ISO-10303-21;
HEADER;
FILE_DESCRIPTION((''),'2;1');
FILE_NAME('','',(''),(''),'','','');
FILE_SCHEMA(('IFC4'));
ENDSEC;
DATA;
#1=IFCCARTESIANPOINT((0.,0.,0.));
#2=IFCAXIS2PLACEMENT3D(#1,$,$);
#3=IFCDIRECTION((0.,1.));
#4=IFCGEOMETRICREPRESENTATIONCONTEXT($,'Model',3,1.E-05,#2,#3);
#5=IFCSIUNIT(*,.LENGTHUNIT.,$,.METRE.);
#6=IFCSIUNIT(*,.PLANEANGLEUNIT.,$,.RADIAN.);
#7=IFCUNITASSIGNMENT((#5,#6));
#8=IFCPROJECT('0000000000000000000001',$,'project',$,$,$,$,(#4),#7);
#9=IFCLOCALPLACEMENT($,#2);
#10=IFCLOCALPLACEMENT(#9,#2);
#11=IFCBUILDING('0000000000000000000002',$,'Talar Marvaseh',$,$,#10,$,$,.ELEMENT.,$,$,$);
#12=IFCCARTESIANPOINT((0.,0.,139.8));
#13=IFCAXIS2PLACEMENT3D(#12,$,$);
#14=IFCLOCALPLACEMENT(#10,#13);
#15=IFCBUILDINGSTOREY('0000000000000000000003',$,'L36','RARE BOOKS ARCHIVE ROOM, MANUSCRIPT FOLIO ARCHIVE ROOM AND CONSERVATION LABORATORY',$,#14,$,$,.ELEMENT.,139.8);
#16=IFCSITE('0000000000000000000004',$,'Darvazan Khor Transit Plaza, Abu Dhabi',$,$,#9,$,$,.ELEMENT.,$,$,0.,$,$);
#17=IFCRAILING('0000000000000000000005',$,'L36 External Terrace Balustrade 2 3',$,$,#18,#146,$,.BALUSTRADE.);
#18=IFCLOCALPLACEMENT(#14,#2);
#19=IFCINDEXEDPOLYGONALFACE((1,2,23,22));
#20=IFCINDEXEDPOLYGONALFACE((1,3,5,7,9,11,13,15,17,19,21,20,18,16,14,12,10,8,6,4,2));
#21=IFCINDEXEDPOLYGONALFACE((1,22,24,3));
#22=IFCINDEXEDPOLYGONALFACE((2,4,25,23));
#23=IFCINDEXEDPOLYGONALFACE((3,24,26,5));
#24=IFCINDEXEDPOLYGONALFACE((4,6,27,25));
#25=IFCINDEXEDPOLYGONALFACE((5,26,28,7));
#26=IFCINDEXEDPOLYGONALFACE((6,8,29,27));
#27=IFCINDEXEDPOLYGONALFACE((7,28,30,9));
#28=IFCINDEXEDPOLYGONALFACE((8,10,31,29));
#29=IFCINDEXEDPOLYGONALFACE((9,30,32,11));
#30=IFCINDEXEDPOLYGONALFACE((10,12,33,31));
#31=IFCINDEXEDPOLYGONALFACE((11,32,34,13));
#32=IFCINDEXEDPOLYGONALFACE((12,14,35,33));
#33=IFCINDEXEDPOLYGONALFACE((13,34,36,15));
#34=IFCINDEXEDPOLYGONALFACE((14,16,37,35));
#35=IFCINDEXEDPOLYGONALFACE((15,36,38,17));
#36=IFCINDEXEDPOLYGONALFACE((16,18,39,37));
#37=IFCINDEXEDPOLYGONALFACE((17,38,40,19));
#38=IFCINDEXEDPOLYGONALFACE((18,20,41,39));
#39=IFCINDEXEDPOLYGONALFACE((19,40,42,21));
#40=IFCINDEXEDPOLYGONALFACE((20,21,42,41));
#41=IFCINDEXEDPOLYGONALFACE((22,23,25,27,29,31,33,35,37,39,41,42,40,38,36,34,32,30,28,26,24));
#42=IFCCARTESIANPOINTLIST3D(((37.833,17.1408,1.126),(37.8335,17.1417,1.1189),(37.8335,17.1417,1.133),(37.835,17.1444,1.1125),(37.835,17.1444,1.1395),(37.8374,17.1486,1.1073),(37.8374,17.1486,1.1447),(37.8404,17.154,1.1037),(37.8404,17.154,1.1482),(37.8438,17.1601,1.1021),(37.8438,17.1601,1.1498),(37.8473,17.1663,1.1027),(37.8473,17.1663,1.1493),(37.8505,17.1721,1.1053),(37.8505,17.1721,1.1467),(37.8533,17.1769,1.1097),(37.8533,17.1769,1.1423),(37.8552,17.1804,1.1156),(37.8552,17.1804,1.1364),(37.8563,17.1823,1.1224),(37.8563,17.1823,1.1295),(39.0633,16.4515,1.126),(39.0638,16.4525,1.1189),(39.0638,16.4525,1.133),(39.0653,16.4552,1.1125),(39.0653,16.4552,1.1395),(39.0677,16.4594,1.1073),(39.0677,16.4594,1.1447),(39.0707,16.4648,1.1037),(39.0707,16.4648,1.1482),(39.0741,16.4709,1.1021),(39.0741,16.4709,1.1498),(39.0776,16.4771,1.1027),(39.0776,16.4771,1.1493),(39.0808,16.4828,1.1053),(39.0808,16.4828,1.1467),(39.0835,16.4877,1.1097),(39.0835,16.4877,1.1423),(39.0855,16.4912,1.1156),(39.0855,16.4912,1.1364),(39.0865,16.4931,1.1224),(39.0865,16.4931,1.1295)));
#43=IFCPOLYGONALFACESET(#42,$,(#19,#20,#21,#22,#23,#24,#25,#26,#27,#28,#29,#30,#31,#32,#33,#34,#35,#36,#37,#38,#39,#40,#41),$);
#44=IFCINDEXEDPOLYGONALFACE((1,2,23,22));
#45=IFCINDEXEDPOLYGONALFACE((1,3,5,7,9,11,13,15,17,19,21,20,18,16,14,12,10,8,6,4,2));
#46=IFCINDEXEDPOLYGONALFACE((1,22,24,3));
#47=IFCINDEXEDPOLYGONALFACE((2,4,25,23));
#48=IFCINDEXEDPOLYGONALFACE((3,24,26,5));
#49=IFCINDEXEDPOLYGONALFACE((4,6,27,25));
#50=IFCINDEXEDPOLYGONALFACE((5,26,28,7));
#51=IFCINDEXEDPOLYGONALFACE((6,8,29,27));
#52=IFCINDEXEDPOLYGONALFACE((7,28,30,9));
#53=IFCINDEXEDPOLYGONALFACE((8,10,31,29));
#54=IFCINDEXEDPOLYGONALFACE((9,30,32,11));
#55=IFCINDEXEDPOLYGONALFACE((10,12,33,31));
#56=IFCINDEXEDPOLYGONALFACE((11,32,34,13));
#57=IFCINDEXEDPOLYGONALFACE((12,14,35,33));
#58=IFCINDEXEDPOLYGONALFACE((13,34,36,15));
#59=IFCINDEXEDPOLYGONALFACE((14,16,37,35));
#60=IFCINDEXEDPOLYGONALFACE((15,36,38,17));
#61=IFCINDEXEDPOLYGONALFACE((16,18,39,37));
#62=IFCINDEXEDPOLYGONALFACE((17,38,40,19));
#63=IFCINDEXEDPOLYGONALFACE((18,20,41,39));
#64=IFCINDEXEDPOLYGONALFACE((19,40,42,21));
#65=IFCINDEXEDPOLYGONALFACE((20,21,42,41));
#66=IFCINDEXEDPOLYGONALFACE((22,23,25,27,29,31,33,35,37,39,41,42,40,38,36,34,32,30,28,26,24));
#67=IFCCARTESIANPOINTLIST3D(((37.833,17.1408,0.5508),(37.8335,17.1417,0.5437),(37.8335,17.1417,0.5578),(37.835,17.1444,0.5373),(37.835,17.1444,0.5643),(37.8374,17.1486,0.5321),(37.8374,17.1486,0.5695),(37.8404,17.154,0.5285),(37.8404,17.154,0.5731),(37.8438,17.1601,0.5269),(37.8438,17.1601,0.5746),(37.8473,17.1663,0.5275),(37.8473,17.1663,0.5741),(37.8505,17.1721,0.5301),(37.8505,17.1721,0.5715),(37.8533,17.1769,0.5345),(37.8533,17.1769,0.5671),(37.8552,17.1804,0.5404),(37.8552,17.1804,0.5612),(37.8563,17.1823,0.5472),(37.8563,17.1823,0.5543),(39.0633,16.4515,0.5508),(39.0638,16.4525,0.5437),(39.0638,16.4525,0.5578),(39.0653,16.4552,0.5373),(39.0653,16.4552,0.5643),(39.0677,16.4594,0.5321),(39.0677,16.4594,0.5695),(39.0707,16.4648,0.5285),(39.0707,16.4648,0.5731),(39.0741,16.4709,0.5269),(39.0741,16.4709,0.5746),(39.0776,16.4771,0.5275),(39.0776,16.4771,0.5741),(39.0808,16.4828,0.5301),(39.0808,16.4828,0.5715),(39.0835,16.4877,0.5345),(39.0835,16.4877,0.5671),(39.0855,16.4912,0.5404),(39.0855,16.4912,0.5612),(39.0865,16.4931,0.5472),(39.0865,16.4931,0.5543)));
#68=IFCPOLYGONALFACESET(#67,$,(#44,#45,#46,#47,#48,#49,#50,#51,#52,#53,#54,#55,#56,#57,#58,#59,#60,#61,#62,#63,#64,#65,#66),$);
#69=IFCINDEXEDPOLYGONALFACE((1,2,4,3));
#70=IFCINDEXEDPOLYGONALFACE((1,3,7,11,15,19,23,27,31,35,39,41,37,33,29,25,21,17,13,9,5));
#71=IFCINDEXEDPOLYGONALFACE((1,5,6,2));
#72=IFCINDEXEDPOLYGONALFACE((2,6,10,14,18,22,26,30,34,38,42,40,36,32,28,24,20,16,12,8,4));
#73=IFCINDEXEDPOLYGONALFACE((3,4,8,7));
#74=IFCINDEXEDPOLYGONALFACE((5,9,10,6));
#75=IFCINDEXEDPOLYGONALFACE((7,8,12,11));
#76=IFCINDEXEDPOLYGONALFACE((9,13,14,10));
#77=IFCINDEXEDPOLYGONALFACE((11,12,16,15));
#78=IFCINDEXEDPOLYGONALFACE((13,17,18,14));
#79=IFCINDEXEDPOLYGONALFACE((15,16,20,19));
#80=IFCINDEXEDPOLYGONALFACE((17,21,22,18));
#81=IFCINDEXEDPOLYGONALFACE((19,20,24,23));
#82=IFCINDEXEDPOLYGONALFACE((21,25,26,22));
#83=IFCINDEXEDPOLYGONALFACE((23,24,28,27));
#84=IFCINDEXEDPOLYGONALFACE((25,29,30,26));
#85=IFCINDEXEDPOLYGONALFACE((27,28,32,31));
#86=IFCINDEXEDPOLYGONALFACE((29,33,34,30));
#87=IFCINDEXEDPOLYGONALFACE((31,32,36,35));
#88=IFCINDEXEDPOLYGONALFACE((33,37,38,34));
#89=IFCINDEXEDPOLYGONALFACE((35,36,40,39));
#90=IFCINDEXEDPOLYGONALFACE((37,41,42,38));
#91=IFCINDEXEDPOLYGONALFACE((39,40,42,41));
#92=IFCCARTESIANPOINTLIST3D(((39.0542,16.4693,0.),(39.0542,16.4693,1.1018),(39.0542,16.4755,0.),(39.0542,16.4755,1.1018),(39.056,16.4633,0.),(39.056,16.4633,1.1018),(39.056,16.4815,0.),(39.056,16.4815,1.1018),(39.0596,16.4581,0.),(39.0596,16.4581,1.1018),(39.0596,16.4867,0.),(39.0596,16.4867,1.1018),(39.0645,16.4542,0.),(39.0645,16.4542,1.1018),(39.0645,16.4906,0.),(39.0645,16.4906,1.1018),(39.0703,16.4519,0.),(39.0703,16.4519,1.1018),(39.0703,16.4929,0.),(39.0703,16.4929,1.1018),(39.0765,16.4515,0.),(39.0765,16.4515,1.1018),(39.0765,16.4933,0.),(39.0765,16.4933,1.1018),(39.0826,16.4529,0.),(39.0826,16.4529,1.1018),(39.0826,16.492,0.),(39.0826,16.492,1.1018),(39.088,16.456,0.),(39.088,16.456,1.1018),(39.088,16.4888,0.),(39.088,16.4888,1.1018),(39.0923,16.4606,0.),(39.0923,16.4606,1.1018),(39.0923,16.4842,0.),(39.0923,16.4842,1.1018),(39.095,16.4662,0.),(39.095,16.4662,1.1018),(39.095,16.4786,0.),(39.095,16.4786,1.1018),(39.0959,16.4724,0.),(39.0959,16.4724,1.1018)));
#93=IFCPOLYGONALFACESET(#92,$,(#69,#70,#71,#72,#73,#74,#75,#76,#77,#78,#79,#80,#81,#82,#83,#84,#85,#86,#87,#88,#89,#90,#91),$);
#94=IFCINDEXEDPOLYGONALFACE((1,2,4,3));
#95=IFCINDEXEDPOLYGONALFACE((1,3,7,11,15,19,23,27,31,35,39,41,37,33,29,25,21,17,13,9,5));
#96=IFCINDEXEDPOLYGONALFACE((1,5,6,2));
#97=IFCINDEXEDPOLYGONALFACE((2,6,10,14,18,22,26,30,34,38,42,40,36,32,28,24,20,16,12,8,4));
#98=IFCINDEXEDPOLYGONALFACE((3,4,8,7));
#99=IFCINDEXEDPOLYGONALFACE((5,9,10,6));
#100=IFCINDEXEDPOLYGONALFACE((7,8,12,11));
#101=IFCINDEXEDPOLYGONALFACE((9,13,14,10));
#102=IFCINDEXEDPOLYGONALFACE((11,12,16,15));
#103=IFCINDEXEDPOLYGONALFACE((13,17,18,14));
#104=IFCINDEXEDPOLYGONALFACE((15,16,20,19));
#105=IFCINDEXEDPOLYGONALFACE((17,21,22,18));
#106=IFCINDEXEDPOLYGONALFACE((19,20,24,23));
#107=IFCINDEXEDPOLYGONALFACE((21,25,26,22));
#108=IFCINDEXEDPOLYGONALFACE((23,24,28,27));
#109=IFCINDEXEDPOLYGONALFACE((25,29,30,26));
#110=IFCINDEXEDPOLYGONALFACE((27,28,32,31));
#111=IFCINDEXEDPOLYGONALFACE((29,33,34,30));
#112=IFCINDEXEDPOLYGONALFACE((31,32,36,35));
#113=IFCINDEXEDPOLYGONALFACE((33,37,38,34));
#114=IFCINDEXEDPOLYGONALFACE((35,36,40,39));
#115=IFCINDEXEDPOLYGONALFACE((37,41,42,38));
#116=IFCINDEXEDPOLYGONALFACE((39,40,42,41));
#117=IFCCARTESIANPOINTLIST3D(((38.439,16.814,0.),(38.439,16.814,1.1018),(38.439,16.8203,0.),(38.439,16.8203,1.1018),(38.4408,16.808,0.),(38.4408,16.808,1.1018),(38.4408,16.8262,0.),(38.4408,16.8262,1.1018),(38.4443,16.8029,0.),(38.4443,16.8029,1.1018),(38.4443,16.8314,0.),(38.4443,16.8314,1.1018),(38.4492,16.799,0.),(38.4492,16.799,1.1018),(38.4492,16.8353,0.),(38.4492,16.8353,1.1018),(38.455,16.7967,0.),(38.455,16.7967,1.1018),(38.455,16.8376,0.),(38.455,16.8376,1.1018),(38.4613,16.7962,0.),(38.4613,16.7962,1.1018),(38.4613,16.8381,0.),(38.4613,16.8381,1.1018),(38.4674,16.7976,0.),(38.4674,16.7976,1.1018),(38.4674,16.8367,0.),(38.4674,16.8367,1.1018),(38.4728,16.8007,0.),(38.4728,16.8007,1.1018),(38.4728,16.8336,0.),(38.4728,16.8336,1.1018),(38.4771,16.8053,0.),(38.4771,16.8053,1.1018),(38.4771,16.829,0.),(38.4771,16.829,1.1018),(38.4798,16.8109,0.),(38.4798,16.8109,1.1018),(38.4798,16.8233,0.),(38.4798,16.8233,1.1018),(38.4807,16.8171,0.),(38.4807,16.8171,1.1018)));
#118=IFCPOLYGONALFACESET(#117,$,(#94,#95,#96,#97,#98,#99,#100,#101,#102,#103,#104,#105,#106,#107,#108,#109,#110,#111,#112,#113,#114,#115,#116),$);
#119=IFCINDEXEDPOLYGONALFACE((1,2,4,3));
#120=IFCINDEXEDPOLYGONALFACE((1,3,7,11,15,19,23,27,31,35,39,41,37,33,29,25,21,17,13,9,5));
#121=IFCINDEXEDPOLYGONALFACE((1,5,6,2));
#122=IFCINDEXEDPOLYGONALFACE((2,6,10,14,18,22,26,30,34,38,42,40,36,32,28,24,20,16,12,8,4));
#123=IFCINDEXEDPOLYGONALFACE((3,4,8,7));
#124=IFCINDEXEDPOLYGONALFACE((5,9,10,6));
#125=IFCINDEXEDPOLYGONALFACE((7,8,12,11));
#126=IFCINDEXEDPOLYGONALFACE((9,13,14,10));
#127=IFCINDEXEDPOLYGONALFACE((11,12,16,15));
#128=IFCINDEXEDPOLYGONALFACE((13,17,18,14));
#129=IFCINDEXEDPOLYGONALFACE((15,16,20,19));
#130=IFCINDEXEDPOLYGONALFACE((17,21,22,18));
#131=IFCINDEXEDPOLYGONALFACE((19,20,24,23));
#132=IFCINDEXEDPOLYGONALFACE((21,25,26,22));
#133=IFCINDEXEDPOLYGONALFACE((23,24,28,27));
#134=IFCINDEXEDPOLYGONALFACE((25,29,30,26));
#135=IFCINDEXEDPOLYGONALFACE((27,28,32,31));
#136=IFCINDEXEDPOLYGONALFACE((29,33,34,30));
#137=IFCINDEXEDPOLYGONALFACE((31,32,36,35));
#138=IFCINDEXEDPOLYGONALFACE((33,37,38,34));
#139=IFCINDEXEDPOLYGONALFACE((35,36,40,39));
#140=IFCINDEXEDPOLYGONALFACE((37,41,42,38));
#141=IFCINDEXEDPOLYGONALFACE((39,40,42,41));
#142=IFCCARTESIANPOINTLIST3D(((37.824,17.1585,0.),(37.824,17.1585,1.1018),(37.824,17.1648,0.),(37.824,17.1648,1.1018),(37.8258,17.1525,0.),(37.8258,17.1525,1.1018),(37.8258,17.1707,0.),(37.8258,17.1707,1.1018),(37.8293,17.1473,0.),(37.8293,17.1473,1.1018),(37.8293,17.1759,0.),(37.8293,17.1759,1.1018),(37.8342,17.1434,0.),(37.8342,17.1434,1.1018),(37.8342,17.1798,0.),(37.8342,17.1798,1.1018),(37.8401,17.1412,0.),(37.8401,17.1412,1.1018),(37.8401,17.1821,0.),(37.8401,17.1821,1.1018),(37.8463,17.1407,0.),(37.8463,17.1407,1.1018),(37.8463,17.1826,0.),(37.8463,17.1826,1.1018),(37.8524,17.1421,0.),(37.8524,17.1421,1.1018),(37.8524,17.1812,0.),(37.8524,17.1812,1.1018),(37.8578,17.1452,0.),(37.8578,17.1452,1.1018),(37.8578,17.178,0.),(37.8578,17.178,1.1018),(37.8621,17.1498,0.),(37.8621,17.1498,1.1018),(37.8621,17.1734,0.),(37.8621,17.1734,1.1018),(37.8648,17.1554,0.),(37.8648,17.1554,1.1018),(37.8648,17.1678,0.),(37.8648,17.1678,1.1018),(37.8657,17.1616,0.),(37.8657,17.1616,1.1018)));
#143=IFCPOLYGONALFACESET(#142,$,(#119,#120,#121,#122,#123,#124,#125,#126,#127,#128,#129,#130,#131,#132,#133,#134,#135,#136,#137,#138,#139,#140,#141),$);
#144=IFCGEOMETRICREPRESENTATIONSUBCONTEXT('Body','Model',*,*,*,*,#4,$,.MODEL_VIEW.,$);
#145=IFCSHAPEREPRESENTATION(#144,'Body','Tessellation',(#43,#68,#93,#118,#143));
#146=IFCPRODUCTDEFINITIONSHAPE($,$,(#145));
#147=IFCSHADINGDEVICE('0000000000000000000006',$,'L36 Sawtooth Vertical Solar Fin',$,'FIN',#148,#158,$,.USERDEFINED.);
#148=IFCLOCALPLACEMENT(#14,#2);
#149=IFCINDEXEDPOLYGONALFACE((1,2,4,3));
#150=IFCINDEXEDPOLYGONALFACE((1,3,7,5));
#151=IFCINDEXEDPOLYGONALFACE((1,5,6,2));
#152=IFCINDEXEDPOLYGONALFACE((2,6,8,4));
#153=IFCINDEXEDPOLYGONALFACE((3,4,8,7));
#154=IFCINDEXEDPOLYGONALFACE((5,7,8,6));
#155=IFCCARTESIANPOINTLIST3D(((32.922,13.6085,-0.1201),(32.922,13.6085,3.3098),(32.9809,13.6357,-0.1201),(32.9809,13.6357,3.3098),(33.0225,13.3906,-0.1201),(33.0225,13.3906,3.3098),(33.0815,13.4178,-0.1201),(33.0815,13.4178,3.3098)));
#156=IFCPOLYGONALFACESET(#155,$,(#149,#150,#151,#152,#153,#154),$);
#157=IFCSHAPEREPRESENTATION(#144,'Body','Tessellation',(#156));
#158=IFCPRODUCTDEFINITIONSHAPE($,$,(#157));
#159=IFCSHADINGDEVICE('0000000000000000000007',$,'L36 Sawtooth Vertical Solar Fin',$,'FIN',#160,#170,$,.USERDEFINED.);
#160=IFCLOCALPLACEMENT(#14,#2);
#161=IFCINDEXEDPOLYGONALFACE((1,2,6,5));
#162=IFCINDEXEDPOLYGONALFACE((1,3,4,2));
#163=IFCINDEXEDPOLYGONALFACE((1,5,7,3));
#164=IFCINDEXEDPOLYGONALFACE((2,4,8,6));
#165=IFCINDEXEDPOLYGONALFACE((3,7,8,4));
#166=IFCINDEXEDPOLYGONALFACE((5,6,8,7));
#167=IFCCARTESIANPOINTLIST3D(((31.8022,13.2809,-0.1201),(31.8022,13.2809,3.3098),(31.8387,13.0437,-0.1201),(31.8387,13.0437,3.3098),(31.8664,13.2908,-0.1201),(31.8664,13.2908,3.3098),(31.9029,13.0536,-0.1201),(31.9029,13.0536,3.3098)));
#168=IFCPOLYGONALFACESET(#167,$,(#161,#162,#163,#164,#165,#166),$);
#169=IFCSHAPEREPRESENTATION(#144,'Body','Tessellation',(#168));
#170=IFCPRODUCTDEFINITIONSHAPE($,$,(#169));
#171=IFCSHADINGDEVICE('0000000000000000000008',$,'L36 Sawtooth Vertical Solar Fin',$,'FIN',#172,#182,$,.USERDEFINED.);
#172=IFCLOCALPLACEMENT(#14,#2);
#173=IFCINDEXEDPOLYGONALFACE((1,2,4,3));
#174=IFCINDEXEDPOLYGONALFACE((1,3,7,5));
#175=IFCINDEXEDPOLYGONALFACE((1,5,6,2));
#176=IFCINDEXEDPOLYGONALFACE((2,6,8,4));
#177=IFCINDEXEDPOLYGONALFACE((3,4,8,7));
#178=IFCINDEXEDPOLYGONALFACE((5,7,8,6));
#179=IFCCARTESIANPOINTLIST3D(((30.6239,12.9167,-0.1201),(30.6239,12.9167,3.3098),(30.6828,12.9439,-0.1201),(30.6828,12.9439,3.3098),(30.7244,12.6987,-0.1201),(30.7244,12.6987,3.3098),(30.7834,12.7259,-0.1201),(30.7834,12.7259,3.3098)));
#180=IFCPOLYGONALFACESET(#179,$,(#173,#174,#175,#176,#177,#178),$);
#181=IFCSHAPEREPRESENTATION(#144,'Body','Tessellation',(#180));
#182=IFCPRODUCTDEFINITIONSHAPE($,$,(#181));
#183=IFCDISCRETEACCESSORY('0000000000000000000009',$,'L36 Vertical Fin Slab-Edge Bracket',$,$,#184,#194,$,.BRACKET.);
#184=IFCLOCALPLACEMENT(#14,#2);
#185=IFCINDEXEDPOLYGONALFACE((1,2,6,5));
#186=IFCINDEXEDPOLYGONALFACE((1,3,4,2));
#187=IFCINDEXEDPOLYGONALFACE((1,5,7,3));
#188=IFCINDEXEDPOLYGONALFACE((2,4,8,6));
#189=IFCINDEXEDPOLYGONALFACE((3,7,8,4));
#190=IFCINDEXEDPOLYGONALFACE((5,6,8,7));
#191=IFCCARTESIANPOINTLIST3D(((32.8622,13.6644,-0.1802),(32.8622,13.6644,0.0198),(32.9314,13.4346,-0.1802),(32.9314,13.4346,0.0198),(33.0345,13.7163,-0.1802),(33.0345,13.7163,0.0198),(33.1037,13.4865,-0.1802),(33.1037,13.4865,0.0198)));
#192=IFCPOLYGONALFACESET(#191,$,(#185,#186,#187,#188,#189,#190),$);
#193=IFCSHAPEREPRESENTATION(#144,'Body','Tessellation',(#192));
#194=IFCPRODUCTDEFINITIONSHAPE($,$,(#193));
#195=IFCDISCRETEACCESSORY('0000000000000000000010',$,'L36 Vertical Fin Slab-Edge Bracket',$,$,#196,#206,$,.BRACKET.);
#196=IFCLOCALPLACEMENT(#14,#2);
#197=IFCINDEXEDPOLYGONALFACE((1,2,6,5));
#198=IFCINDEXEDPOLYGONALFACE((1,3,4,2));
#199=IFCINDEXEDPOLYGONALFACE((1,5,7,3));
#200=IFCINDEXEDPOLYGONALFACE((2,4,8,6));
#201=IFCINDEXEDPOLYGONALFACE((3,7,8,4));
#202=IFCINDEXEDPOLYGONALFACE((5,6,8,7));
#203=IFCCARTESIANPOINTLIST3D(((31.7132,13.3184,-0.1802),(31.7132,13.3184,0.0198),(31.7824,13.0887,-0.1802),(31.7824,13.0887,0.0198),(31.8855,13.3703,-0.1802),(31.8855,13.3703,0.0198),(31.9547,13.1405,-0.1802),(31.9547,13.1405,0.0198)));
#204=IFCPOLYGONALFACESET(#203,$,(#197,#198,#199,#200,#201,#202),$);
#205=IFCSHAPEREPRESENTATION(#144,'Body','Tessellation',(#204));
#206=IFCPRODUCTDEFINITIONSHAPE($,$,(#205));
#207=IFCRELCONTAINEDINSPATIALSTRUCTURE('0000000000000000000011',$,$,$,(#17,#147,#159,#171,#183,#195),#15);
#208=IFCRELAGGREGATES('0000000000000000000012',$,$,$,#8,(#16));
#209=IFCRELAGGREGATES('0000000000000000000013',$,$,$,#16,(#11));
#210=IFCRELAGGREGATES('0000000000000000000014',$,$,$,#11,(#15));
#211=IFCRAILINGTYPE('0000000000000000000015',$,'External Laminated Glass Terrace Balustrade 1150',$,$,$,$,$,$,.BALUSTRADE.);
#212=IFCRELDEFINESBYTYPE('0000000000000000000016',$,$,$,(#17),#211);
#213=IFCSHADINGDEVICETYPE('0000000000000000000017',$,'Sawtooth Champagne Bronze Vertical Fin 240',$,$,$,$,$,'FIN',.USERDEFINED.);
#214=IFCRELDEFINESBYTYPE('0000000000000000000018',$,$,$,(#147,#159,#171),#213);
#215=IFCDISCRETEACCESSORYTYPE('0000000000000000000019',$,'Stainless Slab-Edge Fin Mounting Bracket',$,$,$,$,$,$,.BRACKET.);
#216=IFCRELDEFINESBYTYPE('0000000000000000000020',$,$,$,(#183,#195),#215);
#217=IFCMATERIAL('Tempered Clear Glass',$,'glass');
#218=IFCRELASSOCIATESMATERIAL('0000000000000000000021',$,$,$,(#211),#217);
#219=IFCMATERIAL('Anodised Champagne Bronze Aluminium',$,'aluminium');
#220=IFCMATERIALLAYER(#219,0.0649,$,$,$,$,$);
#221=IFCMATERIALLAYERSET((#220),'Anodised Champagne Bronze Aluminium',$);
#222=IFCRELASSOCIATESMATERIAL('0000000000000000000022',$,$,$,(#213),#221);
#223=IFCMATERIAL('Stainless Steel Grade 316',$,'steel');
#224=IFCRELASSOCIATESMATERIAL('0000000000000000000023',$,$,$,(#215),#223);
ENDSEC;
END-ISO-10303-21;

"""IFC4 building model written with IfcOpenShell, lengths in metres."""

from ifc_helpers import new_model, si_unit, direction, frame, origin, origin_2d, place, context, subcontext, project, spatial, rectangle, circle, extrude, source, transform, mapped, material, layer, layer_set, type_object, type_shapes, element, save


model = new_model("IFC4")

# Units and contexts
model_context = context("Model", 3, precision=1e-05, world=origin(), true_north=direction((0.0, 1.0)))
body_context = subcontext(model_context, "Body", "Model", "MODEL_VIEW")
ifc_project = project(units=[si_unit("LENGTHUNIT", "METRE"), si_unit("PLANEANGLEUNIT", "RADIAN")], contexts=[model_context])

# Site, building, storey
site_placement = place(None, origin())
site = spatial("IfcSite", under=ifc_project, at=site_placement, Name="Darvazan Khor Transit Plaza, Abu Dhabi", CompositionType="ELEMENT", RefElevation=0.0)
building_placement = place(site_placement, origin())
building = spatial("IfcBuilding", under=site, at=building_placement, Name="Talar Marvaseh", CompositionType="ELEMENT")
storey_placement = place(building_placement, frame((0.0, 0.0, 139.8)))
storey = spatial("IfcBuildingStorey", under=building, at=storey_placement, Name="L36", Description="RARE BOOKS ARCHIVE ROOM, MANUSCRIPT FOLIO ARCHIVE ROOM AND CONSERVATION LABORATORY", CompositionType="ELEMENT", Elevation=139.8)

# Railing
ifc_material_1 = material(Name="Tempered Clear Glass", Category="glass")
railing_type = type_object("IfcRailingType", Name="External Laminated Glass Terrace Balustrade 1150", PredefinedType="BALUSTRADE", material=ifc_material_1)
railing_placement = place(storey_placement, frame((39.075, 16.4724, 0.0)))
element("IfcRailing", 1, at=railing_placement, inside=storey, type_object=railing_type, Name="L36 External Terrace Balustrade 2 3", PredefinedType="BALUSTRADE", context=body_context, shape_type="SweptSolid", body=[
    extrude(circle(Radius=0.0239, at=origin_2d()), frame((0.0, 0.0, 1.126), z_axis=(-0.87242, 0.488756, 0.0), x_axis=(-0.488756, -0.87242, 0.0)), (0.0, 0.0, 1.0), 1.4102),
    extrude(circle(Radius=0.0239, at=origin_2d()), frame((0.0, 0.0, 0.5508), z_axis=(-0.87242, 0.488756, 0.0), x_axis=(-0.488756, -0.87242, 0.0)), (0.0, 0.0, 1.0), 1.4102),
    extrude(circle(Radius=0.021, at=origin_2d()), origin(), (0.0, 0.0, 1.0), 1.1018),
    extrude(circle(Radius=0.021, at=origin_2d()), frame((-0.6152, 0.3447, 0.0)), (0.0, 0.0, 1.0), 1.1018),
    extrude(circle(Radius=0.021, at=origin_2d()), frame((-1.2302, 0.6892, 0.0)), (0.0, 0.0, 1.0), 1.1018),
])

# Shading devices
ifc_material_2 = material(Name="Anodised Champagne Bronze Aluminium", Category="aluminium")
ifc_layer_1 = layer(ifc_material_2, 0.0649)
ifc_layer_set_1 = layer_set([ifc_layer_1], Name="Anodised Champagne Bronze Aluminium")
shading_device_type = type_object("IfcShadingDeviceType", Name="Sawtooth Champagne Bronze Vertical Fin 240", ElementType="FIN", PredefinedType="USERDEFINED", material=ifc_layer_set_1)
shared_shape_1 = source(origin(), body_context, "Body", "SweptSolid", [
    extrude(rectangle(XDim=0.24, YDim=0.0649, at=origin_2d()), origin(), (0.0, 0.0, 1.0), 3.4299),
])
type_shapes(shading_device_type, [shared_shape_1])
for number, where, z_axis, x_axis, name in (
    (2, (33.0017, 13.5132, -0.1201), (0.0, 0.0, 1.0), (0.418818, -0.90807, 0.0), "L36 Sawtooth Vertical Solar Fin"),
    (3, (31.8525, 13.1672, -0.1201), (0.0, 0.0, 1.0), (0.152296, -0.988335, 0.0), "L36 Sawtooth Vertical Solar Fin"),
    (4, (30.7036, 12.8213, -0.1201), (0.0, 0.0, 1.0), (0.418818, -0.90807, 0.0), "L36 Sawtooth Vertical Solar Fin"),
):
    element("IfcShadingDevice", number, at=place(storey_placement, frame(where, z_axis=z_axis, x_axis=x_axis)), inside=storey, type_object=shading_device_type, Name=name, ObjectType="FIN", PredefinedType="USERDEFINED", context=body_context, shape_type="MappedRepresentation", body=[
        mapped(shared_shape_1, transform((0.0, 0.0, 0.0), x_axis=(1.0, 0.0, 0.0), y_axis=(0.0, 1.0, 0.0), z_axis=(0.0, 0.0, 1.0), scale=1.0)),
    ])

# Discrete accessories
ifc_material_3 = material(Name="Stainless Steel Grade 316", Category="steel")
discrete_accessory_type = type_object("IfcDiscreteAccessoryType", Name="Stainless Slab-Edge Fin Mounting Bracket", PredefinedType="BRACKET", material=ifc_material_3)
shared_shape_2 = source(origin(), body_context, "Body", "SweptSolid", [
    extrude(rectangle(XDim=0.24, YDim=0.1799, at=origin_2d()), origin(), (0.0, 0.0, 1.0), 0.2),
])
type_shapes(discrete_accessory_type, [shared_shape_2])
for number, where, z_axis, x_axis, name in (
    (5, (32.9829, 13.5754, -0.1802), (0.0, 0.0, 1.0), (0.288363, -0.957521, 0.0), "L36 Vertical Fin Slab-Edge Bracket"),
    (6, (31.834, 13.2295, -0.1802), (0.0, 0.0, 1.0), (0.288363, -0.957521, 0.0), "L36 Vertical Fin Slab-Edge Bracket"),
):
    element("IfcDiscreteAccessory", number, at=place(storey_placement, frame(where, z_axis=z_axis, x_axis=x_axis)), inside=storey, type_object=discrete_accessory_type, Name=name, PredefinedType="BRACKET", context=body_context, shape_type="MappedRepresentation", body=[
        mapped(shared_shape_2, transform((0.0, 0.0, 0.0), x_axis=(1.0, 0.0, 0.0), y_axis=(0.0, 1.0, 0.0), z_axis=(0.0, 0.0, 1.0), scale=1.0)),
    ])

save(model, "model.ifc")
